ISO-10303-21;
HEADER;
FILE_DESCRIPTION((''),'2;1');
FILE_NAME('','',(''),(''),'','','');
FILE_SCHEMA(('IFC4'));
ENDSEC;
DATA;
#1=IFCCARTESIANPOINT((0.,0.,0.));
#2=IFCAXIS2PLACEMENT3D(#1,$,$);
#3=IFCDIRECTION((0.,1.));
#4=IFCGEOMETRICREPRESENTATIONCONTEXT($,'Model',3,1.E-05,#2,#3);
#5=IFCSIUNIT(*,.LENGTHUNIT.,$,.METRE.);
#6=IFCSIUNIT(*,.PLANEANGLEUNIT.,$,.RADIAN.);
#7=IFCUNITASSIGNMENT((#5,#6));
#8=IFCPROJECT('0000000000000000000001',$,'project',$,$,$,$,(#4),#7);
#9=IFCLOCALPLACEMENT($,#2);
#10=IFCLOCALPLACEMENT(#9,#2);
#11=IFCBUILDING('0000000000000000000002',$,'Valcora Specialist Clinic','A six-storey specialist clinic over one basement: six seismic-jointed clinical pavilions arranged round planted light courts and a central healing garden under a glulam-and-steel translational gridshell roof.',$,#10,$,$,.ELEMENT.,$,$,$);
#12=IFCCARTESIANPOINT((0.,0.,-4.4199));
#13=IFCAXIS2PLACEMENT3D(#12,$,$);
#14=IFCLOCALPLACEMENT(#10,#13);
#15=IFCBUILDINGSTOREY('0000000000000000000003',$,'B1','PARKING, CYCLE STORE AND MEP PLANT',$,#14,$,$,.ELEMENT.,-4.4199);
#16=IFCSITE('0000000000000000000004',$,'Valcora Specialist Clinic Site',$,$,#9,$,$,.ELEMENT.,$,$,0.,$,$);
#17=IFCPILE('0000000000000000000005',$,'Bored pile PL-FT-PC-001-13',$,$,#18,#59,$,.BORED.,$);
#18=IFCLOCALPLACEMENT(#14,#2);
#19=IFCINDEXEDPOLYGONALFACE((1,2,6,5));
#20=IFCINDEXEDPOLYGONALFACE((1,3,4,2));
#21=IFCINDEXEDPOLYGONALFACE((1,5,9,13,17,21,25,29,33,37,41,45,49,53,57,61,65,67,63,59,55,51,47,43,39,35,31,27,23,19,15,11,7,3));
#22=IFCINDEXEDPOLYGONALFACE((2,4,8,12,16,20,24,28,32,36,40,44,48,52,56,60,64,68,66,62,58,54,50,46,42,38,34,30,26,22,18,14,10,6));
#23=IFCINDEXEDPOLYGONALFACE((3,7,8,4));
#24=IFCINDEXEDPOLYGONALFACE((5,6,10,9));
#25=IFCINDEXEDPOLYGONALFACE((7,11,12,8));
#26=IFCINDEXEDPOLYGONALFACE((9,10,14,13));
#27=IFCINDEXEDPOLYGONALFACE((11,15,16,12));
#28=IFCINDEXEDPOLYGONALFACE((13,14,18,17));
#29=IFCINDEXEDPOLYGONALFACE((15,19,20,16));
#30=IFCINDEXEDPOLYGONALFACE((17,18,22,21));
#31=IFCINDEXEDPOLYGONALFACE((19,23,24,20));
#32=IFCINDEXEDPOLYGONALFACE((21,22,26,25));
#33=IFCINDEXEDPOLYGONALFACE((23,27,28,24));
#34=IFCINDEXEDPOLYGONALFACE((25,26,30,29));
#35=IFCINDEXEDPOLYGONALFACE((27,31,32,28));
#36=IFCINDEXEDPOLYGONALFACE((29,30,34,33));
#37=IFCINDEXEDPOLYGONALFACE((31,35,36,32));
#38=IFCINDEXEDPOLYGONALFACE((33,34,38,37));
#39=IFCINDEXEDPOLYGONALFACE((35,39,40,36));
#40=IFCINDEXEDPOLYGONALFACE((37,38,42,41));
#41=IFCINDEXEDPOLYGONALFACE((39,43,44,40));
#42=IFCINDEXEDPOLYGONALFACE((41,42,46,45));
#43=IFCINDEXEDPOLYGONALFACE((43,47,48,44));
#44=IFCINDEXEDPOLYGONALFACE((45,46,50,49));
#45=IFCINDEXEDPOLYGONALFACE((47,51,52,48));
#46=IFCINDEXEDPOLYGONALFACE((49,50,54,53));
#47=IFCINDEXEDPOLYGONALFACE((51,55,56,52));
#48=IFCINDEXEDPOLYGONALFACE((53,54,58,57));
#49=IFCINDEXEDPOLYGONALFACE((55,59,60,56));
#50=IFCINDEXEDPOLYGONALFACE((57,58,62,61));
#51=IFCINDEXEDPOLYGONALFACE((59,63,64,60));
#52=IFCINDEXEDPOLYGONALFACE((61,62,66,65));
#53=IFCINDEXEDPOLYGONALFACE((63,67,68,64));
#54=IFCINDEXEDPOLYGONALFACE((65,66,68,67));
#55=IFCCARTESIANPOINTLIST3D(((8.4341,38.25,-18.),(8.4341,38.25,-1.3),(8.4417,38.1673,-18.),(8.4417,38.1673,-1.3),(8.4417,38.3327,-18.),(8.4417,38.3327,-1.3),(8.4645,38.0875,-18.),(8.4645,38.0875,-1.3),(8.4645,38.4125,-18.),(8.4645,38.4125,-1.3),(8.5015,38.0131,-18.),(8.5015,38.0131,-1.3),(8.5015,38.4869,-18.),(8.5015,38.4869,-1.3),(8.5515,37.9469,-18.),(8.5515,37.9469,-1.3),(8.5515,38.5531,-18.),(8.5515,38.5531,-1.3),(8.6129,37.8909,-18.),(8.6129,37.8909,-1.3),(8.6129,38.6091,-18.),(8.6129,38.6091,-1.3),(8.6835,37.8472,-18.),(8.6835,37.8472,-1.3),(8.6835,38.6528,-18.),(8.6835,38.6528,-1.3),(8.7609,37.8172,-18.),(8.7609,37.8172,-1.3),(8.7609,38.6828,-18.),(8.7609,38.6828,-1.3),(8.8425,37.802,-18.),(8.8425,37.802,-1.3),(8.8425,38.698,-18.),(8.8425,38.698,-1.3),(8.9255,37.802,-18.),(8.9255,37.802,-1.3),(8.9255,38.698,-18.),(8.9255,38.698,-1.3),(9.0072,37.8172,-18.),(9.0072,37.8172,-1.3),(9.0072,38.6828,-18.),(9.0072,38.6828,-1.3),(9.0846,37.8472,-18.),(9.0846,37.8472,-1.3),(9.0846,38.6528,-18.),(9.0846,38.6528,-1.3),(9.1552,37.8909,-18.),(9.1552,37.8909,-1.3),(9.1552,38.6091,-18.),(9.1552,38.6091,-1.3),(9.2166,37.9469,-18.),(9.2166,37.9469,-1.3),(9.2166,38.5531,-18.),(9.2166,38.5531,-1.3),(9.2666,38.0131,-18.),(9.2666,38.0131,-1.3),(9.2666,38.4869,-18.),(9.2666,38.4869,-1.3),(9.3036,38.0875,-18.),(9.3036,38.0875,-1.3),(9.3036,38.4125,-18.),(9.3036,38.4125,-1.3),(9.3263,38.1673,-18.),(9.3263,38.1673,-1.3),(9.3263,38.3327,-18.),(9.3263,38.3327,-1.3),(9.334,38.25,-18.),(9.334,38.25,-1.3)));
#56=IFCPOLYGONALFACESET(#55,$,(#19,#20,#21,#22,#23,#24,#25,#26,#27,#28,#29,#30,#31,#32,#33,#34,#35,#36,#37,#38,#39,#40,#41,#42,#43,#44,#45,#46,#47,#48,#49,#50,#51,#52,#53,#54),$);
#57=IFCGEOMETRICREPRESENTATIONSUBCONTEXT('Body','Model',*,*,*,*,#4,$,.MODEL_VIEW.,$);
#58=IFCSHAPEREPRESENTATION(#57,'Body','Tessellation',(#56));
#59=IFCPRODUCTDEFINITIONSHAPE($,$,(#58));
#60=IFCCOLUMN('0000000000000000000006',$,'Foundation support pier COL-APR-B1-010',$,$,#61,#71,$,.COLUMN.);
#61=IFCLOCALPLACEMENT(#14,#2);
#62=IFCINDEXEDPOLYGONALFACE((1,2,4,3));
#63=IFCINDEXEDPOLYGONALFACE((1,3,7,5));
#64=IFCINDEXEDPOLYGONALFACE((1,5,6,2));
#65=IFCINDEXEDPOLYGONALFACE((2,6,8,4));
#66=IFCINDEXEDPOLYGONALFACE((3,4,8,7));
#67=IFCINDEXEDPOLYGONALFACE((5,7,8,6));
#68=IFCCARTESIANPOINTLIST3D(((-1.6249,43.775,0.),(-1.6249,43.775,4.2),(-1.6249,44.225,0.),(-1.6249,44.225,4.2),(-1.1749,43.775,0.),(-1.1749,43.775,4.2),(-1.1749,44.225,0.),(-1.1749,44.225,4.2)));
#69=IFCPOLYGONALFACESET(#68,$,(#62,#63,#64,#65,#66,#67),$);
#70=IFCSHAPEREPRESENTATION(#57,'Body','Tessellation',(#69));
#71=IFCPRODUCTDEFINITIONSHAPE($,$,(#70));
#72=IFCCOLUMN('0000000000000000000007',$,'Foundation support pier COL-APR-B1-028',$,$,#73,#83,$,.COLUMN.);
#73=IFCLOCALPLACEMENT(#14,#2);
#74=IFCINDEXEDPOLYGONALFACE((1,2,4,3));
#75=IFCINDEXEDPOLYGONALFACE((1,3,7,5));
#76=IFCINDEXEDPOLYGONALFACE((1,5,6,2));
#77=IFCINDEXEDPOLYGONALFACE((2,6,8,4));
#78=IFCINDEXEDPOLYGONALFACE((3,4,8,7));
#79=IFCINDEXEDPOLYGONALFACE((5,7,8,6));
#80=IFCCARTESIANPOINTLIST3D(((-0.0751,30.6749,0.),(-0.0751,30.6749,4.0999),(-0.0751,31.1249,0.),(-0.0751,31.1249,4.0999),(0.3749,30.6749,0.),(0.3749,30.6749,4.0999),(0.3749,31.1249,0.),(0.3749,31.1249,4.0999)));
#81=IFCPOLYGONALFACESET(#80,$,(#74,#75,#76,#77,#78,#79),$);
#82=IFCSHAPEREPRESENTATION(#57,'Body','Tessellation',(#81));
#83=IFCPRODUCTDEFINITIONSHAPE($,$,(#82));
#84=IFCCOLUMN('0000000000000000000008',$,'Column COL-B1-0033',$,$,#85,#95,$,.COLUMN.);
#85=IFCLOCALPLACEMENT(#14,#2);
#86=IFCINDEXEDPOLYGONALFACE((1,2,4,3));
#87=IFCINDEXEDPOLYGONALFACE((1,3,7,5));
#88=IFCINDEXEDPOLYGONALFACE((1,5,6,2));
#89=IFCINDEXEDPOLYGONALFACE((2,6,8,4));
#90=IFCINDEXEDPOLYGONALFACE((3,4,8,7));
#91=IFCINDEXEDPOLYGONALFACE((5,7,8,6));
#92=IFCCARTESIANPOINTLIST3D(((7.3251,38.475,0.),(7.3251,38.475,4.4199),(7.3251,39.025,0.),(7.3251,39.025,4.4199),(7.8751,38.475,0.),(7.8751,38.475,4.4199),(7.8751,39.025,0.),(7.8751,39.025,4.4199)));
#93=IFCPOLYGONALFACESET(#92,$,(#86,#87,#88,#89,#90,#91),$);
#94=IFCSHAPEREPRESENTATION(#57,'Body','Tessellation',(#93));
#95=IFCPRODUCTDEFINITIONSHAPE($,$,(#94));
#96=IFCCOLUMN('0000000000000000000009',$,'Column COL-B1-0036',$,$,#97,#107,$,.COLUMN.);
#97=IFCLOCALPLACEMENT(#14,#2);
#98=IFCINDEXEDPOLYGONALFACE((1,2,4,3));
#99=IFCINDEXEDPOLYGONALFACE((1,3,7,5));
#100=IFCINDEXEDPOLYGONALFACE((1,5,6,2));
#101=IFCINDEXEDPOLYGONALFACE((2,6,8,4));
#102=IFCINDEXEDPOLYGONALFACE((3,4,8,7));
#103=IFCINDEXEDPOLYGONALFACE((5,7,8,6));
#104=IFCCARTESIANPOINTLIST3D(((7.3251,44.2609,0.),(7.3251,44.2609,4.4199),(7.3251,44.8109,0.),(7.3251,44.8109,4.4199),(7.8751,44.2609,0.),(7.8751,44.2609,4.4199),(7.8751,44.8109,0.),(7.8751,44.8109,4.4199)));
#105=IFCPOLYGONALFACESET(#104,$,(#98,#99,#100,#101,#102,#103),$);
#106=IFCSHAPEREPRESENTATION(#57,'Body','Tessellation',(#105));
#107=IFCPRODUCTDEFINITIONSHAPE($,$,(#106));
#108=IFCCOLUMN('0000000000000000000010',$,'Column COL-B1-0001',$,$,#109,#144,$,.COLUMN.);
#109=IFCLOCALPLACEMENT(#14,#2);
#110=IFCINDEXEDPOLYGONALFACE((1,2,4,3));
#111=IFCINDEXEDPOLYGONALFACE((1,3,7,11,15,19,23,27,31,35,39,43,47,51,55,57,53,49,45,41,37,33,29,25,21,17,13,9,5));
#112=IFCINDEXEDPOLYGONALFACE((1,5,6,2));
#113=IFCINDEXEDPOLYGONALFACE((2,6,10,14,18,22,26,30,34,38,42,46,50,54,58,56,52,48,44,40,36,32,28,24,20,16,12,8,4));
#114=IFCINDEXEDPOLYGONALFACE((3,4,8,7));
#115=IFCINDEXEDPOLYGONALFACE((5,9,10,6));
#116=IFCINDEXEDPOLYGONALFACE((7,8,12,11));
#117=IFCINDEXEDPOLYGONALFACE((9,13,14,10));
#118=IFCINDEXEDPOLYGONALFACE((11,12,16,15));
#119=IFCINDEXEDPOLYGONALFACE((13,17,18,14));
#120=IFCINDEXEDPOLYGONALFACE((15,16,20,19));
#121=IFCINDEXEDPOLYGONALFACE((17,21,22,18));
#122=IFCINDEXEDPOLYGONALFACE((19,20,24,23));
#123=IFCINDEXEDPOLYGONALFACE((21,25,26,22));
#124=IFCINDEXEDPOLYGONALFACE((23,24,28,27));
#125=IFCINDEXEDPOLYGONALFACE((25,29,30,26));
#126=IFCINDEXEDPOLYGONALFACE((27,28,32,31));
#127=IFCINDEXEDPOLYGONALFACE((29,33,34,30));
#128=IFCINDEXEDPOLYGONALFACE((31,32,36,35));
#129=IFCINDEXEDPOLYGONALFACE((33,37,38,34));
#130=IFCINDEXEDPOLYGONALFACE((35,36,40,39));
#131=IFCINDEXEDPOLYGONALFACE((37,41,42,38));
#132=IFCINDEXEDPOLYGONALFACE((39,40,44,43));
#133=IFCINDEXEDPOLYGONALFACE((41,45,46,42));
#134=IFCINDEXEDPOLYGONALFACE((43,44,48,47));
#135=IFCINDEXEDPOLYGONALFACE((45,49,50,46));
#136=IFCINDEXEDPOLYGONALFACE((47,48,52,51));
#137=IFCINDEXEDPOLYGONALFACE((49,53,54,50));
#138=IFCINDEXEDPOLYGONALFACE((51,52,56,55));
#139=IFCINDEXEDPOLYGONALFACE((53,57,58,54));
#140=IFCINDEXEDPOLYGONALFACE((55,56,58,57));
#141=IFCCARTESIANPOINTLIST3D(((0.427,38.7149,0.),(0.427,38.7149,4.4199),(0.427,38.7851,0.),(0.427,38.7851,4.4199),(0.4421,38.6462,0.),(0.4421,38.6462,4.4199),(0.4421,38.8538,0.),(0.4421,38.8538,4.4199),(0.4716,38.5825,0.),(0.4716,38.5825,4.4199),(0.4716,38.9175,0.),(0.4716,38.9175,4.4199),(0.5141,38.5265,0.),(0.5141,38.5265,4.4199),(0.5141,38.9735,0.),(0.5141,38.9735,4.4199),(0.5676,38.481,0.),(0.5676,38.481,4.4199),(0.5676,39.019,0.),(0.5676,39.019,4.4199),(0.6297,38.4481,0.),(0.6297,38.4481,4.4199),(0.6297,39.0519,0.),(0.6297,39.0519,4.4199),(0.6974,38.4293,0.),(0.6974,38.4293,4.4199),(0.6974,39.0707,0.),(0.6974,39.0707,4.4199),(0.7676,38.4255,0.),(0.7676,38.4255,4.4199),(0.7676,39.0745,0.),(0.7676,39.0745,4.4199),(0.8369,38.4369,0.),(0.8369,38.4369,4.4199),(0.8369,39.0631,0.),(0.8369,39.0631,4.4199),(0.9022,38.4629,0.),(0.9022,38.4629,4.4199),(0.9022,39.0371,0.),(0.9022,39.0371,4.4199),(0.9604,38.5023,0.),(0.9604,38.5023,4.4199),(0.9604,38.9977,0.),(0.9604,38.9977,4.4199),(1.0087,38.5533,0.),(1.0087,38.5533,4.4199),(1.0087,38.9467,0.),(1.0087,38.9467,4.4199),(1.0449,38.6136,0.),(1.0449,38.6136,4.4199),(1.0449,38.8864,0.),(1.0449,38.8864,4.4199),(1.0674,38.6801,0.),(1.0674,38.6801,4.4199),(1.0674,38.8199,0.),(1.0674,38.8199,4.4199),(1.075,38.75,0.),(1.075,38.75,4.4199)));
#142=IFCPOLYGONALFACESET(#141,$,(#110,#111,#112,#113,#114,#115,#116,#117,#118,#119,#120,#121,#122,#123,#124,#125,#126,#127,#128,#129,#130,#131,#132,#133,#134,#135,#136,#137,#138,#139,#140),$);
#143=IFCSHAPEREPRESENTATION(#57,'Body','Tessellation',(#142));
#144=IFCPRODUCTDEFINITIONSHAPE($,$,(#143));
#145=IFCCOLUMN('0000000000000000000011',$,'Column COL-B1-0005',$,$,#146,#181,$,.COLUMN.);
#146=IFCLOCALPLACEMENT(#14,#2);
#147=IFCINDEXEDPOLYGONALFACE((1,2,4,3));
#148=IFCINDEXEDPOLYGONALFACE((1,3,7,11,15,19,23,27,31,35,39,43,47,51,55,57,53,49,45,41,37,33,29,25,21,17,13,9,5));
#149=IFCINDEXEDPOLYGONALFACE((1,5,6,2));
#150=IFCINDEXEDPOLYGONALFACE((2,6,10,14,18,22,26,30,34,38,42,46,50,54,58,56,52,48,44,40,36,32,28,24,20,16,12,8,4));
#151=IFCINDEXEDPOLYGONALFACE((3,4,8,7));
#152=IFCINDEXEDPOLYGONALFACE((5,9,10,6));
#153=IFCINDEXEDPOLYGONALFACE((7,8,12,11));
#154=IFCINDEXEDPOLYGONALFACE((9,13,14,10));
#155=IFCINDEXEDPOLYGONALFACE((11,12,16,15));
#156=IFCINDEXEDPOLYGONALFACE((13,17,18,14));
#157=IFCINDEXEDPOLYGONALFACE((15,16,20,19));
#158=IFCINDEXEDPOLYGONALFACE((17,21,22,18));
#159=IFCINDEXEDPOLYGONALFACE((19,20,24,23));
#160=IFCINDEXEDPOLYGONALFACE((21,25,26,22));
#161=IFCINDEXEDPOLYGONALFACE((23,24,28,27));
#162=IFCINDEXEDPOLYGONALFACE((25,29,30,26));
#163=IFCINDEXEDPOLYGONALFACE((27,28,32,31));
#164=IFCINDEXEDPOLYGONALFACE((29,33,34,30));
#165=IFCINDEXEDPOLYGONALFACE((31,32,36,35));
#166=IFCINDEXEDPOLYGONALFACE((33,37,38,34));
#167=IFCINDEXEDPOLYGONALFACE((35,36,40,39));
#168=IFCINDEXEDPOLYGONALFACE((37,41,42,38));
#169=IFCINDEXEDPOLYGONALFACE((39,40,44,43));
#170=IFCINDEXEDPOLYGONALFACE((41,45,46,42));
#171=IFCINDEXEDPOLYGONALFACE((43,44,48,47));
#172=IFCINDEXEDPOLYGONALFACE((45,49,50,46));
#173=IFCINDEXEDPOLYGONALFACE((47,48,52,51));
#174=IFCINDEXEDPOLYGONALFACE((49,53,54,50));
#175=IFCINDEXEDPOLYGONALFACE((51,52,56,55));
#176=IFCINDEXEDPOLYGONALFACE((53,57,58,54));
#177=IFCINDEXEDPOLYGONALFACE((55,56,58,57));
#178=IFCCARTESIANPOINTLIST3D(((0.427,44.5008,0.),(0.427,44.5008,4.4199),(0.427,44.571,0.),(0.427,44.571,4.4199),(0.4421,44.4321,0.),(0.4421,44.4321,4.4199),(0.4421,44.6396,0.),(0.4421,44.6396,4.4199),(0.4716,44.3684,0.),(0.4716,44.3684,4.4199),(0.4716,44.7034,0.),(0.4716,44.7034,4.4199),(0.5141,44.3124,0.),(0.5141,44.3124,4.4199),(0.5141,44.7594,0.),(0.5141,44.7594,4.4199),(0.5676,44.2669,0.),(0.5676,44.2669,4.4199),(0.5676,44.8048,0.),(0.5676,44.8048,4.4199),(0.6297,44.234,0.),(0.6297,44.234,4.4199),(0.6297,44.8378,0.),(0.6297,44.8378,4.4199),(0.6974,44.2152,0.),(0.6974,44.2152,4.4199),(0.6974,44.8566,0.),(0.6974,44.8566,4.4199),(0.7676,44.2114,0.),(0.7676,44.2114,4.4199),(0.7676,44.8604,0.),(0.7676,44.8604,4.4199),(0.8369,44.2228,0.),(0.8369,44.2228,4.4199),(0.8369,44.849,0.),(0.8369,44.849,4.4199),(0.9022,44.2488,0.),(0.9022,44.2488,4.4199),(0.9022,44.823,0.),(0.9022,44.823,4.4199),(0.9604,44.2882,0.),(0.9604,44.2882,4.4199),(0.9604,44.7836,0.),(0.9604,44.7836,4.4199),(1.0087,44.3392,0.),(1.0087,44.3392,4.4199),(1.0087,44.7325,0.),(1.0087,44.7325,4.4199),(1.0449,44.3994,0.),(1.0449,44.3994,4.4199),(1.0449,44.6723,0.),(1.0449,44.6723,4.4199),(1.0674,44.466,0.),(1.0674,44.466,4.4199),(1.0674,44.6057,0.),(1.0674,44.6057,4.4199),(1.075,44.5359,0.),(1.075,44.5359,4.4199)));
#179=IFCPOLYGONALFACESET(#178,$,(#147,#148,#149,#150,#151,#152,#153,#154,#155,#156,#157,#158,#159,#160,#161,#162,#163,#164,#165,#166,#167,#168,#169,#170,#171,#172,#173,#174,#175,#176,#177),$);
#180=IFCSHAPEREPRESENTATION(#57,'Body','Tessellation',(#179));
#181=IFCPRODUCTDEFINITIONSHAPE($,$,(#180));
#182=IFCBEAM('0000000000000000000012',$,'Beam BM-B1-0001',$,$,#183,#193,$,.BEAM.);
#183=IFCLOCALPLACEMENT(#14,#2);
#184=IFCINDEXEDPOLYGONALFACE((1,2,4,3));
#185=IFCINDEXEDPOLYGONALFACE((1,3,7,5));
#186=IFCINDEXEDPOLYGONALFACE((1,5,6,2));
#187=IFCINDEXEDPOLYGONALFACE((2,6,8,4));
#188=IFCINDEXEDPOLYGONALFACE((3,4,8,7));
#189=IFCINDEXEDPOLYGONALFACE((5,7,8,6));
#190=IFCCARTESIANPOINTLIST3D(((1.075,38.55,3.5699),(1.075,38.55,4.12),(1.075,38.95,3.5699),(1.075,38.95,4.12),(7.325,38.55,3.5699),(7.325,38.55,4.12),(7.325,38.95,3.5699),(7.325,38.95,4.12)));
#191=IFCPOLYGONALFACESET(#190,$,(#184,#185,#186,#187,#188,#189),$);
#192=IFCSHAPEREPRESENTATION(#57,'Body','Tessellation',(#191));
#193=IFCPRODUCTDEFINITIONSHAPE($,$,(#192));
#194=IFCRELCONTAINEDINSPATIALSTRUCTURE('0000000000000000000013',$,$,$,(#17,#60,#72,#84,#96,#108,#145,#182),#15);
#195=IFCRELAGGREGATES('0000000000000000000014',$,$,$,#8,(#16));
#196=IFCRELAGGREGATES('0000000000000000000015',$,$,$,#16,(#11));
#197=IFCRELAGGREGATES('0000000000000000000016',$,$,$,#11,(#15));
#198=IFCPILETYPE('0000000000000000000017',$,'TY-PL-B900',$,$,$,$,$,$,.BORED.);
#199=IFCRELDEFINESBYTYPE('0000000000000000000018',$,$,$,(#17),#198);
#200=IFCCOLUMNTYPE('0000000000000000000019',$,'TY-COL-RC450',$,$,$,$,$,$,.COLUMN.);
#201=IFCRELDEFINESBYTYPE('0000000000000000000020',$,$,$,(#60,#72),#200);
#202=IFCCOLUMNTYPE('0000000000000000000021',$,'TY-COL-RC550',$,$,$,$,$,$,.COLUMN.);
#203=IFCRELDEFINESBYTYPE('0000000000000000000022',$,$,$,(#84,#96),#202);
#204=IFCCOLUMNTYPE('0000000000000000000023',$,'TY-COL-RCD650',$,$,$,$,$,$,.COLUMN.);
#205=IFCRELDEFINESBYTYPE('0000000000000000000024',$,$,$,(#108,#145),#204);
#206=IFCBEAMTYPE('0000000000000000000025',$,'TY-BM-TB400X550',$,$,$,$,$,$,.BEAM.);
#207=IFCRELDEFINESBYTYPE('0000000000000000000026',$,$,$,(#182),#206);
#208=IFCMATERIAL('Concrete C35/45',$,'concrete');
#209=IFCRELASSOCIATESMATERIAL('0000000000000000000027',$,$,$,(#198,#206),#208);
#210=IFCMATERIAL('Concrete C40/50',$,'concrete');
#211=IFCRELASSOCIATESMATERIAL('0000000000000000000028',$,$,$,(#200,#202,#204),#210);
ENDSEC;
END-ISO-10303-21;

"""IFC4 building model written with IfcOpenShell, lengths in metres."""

from ifc_helpers import new_model, si_unit, direction, frame, origin, origin_2d, place, context, subcontext, project, spatial, rectangle, circle, extrude, material, material_profile, profile_set, type_object, element, save


model = new_model("IFC4")

# Units and contexts
model_context = context("Model", 3, precision=1e-05, world=origin(), true_north=direction((0.0, 1.0)))
body_context = subcontext(model_context, "Body", "Model", "MODEL_VIEW")
ifc_project = project(units=[si_unit("LENGTHUNIT", "METRE"), si_unit("PLANEANGLEUNIT", "RADIAN")], contexts=[model_context])

# Site, building, storey
site_placement = place(None, origin())
site = spatial("IfcSite", under=ifc_project, at=site_placement, Name="Valcora Specialist Clinic Site", CompositionType="ELEMENT", RefElevation=0.0)
building_placement = place(site_placement, origin())
building = spatial("IfcBuilding", under=site, at=building_placement, Name="Valcora Specialist Clinic", Description="A six-storey specialist clinic over one basement: six seismic-jointed clinical pavilions arranged round planted light courts and a central healing garden under a glulam-and-steel translational gridshell roof.", CompositionType="ELEMENT")
storey_placement = place(building_placement, frame((0.0, 0.0, -4.4199)))
storey = spatial("IfcBuildingStorey", under=building, at=storey_placement, Name="B1", Description="PARKING, CYCLE STORE AND MEP PLANT", CompositionType="ELEMENT", Elevation=-4.4199)

# Pile
ifc_material_1 = material(Name="Concrete C35/45", Category="concrete")
ifc_material_profile_1 = material_profile(ifc_material_1, circle(Radius=0.45, at=origin_2d()), Name="RC-PIL-D900")
ifc_profile_set_1 = profile_set([ifc_material_profile_1], Name="Concrete C35/45")
pile_type = type_object("IfcPileType", Name="TY-PL-B900", PredefinedType="BORED", material=ifc_profile_set_1)
for number, where, z_axis, x_axis, name in (
    (1, (8.884, 38.25, -1.3), (0.0, 0.0, -1.0), (1.0, 0.0, 0.0), "Bored pile PL-FT-PC-001-13"),
):
    element("IfcPile", number, at=place(storey_placement, frame(where, z_axis=z_axis, x_axis=x_axis)), inside=storey, type_object=pile_type, Name=name, PredefinedType="BORED", context=body_context, shape_type="SweptSolid", body=[
        extrude(circle(Radius=0.45, at=origin_2d()), origin(), (0.0, 0.0, 1.0), 16.7),
    ])

# Columns
ifc_material_2 = material(Name="Concrete C40/50", Category="concrete")
ifc_material_profile_2 = material_profile(ifc_material_2, rectangle(XDim=0.45, YDim=0.45, at=origin_2d()), Name="RC-COL-450X450")
ifc_profile_set_2 = profile_set([ifc_material_profile_2], Name="Concrete C40/50")
column_type_1 = type_object("IfcColumnType", Name="TY-COL-RC450", PredefinedType="COLUMN", material=ifc_profile_set_2)
column_1_placement = place(storey_placement, frame((-1.3999, 44.0, 0.0), z_axis=(0.0, 0.0, 1.0), x_axis=(1.0, 0.0, 0.0)))
element("IfcColumn", 2, at=column_1_placement, inside=storey, type_object=column_type_1, Name="Foundation support pier COL-APR-B1-010", PredefinedType="COLUMN", context=body_context, shape_type="SweptSolid", body=[
    extrude(rectangle(XDim=0.45, YDim=0.45, at=origin_2d()), origin(), (0.0, 0.0, 1.0), 4.2),
])
column_2_placement = place(storey_placement, frame((0.1499, 30.8999, 0.0), z_axis=(0.0, 0.0, 1.0), x_axis=(1.0, 0.0, 0.0)))
element("IfcColumn", 3, at=column_2_placement, inside=storey, type_object=column_type_1, Name="Foundation support pier COL-APR-B1-028", PredefinedType="COLUMN", context=body_context, shape_type="SweptSolid", body=[
    extrude(rectangle(XDim=0.45, YDim=0.45, at=origin_2d()), origin(), (0.0, 0.0, 1.0), 4.0999),
])
ifc_material_profile_3 = material_profile(ifc_material_2, rectangle(XDim=0.55, YDim=0.55, at=origin_2d()), Name="RC-COL-550X550")
ifc_profile_set_3 = profile_set([ifc_material_profile_3], Name="Concrete C40/50")
column_type_2 = type_object("IfcColumnType", Name="TY-COL-RC550", PredefinedType="COLUMN", material=ifc_profile_set_3)
for number, where, z_axis, x_axis, name in (
    (4, (7.6001, 38.75, 0.0), (0.0, 0.0, 1.0), (1.0, 0.0, 0.0), "Column COL-B1-0033"),
    (5, (7.6001, 44.5359, 0.0), (0.0, 0.0, 1.0), (1.0, 0.0, 0.0), "Column COL-B1-0036"),
):
    element("IfcColumn", number, at=place(storey_placement, frame(where, z_axis=z_axis, x_axis=x_axis)), inside=storey, type_object=column_type_2, Name=name, PredefinedType="COLUMN", context=body_context, shape_type="SweptSolid", body=[
        extrude(rectangle(XDim=0.55, YDim=0.55, at=origin_2d()), origin(), (0.0, 0.0, 1.0), 4.4199),
    ])
ifc_material_profile_4 = material_profile(ifc_material_2, circle(Radius=0.325, at=origin_2d()), Name="RC-COL-D650")
ifc_profile_set_4 = profile_set([ifc_material_profile_4], Name="Concrete C40/50")
column_type_3 = type_object("IfcColumnType", Name="TY-COL-RCD650", PredefinedType="COLUMN", material=ifc_profile_set_4)
for number, where, z_axis, x_axis, name in (
    (6, (0.75, 38.75, 0.0), (0.0, 0.0, 1.0), (1.0, 0.0, 0.0), "Column COL-B1-0001"),
    (7, (0.75, 44.5359, 0.0), (0.0, 0.0, 1.0), (1.0, 0.0, 0.0), "Column COL-B1-0005"),
):
    element("IfcColumn", number, at=place(storey_placement, frame(where, z_axis=z_axis, x_axis=x_axis)), inside=storey, type_object=column_type_3, Name=name, PredefinedType="COLUMN", context=body_context, shape_type="SweptSolid", body=[
        extrude(circle(Radius=0.325, at=origin_2d()), origin(), (0.0, 0.0, 1.0), 4.4199),
    ])

# Beam
ifc_material_profile_5 = material_profile(ifc_material_1, rectangle(XDim=0.3999, YDim=0.55, at=origin_2d()), Name="RC-TB-400X550")
ifc_profile_set_5 = profile_set([ifc_material_profile_5], Name="Concrete C35/45")
beam_type = type_object("IfcBeamType", Name="TY-BM-TB400X550", PredefinedType="BEAM", material=ifc_profile_set_5)
beam_1_placement = place(storey_placement, frame((1.075, 38.75, 3.845), z_axis=(1.0, 0.0, 0.0), x_axis=(0.0, 1.0, 0.0)))
element("IfcBeam", 8, at=beam_1_placement, inside=storey, type_object=beam_type, Name="Beam BM-B1-0001", PredefinedType="BEAM", context=body_context, shape_type="SweptSolid", body=[
    extrude(rectangle(XDim=0.3999, YDim=0.55, at=origin_2d()), origin(), (0.0, 0.0, 1.0), 6.25),
])

save(model, "model.ifc")
